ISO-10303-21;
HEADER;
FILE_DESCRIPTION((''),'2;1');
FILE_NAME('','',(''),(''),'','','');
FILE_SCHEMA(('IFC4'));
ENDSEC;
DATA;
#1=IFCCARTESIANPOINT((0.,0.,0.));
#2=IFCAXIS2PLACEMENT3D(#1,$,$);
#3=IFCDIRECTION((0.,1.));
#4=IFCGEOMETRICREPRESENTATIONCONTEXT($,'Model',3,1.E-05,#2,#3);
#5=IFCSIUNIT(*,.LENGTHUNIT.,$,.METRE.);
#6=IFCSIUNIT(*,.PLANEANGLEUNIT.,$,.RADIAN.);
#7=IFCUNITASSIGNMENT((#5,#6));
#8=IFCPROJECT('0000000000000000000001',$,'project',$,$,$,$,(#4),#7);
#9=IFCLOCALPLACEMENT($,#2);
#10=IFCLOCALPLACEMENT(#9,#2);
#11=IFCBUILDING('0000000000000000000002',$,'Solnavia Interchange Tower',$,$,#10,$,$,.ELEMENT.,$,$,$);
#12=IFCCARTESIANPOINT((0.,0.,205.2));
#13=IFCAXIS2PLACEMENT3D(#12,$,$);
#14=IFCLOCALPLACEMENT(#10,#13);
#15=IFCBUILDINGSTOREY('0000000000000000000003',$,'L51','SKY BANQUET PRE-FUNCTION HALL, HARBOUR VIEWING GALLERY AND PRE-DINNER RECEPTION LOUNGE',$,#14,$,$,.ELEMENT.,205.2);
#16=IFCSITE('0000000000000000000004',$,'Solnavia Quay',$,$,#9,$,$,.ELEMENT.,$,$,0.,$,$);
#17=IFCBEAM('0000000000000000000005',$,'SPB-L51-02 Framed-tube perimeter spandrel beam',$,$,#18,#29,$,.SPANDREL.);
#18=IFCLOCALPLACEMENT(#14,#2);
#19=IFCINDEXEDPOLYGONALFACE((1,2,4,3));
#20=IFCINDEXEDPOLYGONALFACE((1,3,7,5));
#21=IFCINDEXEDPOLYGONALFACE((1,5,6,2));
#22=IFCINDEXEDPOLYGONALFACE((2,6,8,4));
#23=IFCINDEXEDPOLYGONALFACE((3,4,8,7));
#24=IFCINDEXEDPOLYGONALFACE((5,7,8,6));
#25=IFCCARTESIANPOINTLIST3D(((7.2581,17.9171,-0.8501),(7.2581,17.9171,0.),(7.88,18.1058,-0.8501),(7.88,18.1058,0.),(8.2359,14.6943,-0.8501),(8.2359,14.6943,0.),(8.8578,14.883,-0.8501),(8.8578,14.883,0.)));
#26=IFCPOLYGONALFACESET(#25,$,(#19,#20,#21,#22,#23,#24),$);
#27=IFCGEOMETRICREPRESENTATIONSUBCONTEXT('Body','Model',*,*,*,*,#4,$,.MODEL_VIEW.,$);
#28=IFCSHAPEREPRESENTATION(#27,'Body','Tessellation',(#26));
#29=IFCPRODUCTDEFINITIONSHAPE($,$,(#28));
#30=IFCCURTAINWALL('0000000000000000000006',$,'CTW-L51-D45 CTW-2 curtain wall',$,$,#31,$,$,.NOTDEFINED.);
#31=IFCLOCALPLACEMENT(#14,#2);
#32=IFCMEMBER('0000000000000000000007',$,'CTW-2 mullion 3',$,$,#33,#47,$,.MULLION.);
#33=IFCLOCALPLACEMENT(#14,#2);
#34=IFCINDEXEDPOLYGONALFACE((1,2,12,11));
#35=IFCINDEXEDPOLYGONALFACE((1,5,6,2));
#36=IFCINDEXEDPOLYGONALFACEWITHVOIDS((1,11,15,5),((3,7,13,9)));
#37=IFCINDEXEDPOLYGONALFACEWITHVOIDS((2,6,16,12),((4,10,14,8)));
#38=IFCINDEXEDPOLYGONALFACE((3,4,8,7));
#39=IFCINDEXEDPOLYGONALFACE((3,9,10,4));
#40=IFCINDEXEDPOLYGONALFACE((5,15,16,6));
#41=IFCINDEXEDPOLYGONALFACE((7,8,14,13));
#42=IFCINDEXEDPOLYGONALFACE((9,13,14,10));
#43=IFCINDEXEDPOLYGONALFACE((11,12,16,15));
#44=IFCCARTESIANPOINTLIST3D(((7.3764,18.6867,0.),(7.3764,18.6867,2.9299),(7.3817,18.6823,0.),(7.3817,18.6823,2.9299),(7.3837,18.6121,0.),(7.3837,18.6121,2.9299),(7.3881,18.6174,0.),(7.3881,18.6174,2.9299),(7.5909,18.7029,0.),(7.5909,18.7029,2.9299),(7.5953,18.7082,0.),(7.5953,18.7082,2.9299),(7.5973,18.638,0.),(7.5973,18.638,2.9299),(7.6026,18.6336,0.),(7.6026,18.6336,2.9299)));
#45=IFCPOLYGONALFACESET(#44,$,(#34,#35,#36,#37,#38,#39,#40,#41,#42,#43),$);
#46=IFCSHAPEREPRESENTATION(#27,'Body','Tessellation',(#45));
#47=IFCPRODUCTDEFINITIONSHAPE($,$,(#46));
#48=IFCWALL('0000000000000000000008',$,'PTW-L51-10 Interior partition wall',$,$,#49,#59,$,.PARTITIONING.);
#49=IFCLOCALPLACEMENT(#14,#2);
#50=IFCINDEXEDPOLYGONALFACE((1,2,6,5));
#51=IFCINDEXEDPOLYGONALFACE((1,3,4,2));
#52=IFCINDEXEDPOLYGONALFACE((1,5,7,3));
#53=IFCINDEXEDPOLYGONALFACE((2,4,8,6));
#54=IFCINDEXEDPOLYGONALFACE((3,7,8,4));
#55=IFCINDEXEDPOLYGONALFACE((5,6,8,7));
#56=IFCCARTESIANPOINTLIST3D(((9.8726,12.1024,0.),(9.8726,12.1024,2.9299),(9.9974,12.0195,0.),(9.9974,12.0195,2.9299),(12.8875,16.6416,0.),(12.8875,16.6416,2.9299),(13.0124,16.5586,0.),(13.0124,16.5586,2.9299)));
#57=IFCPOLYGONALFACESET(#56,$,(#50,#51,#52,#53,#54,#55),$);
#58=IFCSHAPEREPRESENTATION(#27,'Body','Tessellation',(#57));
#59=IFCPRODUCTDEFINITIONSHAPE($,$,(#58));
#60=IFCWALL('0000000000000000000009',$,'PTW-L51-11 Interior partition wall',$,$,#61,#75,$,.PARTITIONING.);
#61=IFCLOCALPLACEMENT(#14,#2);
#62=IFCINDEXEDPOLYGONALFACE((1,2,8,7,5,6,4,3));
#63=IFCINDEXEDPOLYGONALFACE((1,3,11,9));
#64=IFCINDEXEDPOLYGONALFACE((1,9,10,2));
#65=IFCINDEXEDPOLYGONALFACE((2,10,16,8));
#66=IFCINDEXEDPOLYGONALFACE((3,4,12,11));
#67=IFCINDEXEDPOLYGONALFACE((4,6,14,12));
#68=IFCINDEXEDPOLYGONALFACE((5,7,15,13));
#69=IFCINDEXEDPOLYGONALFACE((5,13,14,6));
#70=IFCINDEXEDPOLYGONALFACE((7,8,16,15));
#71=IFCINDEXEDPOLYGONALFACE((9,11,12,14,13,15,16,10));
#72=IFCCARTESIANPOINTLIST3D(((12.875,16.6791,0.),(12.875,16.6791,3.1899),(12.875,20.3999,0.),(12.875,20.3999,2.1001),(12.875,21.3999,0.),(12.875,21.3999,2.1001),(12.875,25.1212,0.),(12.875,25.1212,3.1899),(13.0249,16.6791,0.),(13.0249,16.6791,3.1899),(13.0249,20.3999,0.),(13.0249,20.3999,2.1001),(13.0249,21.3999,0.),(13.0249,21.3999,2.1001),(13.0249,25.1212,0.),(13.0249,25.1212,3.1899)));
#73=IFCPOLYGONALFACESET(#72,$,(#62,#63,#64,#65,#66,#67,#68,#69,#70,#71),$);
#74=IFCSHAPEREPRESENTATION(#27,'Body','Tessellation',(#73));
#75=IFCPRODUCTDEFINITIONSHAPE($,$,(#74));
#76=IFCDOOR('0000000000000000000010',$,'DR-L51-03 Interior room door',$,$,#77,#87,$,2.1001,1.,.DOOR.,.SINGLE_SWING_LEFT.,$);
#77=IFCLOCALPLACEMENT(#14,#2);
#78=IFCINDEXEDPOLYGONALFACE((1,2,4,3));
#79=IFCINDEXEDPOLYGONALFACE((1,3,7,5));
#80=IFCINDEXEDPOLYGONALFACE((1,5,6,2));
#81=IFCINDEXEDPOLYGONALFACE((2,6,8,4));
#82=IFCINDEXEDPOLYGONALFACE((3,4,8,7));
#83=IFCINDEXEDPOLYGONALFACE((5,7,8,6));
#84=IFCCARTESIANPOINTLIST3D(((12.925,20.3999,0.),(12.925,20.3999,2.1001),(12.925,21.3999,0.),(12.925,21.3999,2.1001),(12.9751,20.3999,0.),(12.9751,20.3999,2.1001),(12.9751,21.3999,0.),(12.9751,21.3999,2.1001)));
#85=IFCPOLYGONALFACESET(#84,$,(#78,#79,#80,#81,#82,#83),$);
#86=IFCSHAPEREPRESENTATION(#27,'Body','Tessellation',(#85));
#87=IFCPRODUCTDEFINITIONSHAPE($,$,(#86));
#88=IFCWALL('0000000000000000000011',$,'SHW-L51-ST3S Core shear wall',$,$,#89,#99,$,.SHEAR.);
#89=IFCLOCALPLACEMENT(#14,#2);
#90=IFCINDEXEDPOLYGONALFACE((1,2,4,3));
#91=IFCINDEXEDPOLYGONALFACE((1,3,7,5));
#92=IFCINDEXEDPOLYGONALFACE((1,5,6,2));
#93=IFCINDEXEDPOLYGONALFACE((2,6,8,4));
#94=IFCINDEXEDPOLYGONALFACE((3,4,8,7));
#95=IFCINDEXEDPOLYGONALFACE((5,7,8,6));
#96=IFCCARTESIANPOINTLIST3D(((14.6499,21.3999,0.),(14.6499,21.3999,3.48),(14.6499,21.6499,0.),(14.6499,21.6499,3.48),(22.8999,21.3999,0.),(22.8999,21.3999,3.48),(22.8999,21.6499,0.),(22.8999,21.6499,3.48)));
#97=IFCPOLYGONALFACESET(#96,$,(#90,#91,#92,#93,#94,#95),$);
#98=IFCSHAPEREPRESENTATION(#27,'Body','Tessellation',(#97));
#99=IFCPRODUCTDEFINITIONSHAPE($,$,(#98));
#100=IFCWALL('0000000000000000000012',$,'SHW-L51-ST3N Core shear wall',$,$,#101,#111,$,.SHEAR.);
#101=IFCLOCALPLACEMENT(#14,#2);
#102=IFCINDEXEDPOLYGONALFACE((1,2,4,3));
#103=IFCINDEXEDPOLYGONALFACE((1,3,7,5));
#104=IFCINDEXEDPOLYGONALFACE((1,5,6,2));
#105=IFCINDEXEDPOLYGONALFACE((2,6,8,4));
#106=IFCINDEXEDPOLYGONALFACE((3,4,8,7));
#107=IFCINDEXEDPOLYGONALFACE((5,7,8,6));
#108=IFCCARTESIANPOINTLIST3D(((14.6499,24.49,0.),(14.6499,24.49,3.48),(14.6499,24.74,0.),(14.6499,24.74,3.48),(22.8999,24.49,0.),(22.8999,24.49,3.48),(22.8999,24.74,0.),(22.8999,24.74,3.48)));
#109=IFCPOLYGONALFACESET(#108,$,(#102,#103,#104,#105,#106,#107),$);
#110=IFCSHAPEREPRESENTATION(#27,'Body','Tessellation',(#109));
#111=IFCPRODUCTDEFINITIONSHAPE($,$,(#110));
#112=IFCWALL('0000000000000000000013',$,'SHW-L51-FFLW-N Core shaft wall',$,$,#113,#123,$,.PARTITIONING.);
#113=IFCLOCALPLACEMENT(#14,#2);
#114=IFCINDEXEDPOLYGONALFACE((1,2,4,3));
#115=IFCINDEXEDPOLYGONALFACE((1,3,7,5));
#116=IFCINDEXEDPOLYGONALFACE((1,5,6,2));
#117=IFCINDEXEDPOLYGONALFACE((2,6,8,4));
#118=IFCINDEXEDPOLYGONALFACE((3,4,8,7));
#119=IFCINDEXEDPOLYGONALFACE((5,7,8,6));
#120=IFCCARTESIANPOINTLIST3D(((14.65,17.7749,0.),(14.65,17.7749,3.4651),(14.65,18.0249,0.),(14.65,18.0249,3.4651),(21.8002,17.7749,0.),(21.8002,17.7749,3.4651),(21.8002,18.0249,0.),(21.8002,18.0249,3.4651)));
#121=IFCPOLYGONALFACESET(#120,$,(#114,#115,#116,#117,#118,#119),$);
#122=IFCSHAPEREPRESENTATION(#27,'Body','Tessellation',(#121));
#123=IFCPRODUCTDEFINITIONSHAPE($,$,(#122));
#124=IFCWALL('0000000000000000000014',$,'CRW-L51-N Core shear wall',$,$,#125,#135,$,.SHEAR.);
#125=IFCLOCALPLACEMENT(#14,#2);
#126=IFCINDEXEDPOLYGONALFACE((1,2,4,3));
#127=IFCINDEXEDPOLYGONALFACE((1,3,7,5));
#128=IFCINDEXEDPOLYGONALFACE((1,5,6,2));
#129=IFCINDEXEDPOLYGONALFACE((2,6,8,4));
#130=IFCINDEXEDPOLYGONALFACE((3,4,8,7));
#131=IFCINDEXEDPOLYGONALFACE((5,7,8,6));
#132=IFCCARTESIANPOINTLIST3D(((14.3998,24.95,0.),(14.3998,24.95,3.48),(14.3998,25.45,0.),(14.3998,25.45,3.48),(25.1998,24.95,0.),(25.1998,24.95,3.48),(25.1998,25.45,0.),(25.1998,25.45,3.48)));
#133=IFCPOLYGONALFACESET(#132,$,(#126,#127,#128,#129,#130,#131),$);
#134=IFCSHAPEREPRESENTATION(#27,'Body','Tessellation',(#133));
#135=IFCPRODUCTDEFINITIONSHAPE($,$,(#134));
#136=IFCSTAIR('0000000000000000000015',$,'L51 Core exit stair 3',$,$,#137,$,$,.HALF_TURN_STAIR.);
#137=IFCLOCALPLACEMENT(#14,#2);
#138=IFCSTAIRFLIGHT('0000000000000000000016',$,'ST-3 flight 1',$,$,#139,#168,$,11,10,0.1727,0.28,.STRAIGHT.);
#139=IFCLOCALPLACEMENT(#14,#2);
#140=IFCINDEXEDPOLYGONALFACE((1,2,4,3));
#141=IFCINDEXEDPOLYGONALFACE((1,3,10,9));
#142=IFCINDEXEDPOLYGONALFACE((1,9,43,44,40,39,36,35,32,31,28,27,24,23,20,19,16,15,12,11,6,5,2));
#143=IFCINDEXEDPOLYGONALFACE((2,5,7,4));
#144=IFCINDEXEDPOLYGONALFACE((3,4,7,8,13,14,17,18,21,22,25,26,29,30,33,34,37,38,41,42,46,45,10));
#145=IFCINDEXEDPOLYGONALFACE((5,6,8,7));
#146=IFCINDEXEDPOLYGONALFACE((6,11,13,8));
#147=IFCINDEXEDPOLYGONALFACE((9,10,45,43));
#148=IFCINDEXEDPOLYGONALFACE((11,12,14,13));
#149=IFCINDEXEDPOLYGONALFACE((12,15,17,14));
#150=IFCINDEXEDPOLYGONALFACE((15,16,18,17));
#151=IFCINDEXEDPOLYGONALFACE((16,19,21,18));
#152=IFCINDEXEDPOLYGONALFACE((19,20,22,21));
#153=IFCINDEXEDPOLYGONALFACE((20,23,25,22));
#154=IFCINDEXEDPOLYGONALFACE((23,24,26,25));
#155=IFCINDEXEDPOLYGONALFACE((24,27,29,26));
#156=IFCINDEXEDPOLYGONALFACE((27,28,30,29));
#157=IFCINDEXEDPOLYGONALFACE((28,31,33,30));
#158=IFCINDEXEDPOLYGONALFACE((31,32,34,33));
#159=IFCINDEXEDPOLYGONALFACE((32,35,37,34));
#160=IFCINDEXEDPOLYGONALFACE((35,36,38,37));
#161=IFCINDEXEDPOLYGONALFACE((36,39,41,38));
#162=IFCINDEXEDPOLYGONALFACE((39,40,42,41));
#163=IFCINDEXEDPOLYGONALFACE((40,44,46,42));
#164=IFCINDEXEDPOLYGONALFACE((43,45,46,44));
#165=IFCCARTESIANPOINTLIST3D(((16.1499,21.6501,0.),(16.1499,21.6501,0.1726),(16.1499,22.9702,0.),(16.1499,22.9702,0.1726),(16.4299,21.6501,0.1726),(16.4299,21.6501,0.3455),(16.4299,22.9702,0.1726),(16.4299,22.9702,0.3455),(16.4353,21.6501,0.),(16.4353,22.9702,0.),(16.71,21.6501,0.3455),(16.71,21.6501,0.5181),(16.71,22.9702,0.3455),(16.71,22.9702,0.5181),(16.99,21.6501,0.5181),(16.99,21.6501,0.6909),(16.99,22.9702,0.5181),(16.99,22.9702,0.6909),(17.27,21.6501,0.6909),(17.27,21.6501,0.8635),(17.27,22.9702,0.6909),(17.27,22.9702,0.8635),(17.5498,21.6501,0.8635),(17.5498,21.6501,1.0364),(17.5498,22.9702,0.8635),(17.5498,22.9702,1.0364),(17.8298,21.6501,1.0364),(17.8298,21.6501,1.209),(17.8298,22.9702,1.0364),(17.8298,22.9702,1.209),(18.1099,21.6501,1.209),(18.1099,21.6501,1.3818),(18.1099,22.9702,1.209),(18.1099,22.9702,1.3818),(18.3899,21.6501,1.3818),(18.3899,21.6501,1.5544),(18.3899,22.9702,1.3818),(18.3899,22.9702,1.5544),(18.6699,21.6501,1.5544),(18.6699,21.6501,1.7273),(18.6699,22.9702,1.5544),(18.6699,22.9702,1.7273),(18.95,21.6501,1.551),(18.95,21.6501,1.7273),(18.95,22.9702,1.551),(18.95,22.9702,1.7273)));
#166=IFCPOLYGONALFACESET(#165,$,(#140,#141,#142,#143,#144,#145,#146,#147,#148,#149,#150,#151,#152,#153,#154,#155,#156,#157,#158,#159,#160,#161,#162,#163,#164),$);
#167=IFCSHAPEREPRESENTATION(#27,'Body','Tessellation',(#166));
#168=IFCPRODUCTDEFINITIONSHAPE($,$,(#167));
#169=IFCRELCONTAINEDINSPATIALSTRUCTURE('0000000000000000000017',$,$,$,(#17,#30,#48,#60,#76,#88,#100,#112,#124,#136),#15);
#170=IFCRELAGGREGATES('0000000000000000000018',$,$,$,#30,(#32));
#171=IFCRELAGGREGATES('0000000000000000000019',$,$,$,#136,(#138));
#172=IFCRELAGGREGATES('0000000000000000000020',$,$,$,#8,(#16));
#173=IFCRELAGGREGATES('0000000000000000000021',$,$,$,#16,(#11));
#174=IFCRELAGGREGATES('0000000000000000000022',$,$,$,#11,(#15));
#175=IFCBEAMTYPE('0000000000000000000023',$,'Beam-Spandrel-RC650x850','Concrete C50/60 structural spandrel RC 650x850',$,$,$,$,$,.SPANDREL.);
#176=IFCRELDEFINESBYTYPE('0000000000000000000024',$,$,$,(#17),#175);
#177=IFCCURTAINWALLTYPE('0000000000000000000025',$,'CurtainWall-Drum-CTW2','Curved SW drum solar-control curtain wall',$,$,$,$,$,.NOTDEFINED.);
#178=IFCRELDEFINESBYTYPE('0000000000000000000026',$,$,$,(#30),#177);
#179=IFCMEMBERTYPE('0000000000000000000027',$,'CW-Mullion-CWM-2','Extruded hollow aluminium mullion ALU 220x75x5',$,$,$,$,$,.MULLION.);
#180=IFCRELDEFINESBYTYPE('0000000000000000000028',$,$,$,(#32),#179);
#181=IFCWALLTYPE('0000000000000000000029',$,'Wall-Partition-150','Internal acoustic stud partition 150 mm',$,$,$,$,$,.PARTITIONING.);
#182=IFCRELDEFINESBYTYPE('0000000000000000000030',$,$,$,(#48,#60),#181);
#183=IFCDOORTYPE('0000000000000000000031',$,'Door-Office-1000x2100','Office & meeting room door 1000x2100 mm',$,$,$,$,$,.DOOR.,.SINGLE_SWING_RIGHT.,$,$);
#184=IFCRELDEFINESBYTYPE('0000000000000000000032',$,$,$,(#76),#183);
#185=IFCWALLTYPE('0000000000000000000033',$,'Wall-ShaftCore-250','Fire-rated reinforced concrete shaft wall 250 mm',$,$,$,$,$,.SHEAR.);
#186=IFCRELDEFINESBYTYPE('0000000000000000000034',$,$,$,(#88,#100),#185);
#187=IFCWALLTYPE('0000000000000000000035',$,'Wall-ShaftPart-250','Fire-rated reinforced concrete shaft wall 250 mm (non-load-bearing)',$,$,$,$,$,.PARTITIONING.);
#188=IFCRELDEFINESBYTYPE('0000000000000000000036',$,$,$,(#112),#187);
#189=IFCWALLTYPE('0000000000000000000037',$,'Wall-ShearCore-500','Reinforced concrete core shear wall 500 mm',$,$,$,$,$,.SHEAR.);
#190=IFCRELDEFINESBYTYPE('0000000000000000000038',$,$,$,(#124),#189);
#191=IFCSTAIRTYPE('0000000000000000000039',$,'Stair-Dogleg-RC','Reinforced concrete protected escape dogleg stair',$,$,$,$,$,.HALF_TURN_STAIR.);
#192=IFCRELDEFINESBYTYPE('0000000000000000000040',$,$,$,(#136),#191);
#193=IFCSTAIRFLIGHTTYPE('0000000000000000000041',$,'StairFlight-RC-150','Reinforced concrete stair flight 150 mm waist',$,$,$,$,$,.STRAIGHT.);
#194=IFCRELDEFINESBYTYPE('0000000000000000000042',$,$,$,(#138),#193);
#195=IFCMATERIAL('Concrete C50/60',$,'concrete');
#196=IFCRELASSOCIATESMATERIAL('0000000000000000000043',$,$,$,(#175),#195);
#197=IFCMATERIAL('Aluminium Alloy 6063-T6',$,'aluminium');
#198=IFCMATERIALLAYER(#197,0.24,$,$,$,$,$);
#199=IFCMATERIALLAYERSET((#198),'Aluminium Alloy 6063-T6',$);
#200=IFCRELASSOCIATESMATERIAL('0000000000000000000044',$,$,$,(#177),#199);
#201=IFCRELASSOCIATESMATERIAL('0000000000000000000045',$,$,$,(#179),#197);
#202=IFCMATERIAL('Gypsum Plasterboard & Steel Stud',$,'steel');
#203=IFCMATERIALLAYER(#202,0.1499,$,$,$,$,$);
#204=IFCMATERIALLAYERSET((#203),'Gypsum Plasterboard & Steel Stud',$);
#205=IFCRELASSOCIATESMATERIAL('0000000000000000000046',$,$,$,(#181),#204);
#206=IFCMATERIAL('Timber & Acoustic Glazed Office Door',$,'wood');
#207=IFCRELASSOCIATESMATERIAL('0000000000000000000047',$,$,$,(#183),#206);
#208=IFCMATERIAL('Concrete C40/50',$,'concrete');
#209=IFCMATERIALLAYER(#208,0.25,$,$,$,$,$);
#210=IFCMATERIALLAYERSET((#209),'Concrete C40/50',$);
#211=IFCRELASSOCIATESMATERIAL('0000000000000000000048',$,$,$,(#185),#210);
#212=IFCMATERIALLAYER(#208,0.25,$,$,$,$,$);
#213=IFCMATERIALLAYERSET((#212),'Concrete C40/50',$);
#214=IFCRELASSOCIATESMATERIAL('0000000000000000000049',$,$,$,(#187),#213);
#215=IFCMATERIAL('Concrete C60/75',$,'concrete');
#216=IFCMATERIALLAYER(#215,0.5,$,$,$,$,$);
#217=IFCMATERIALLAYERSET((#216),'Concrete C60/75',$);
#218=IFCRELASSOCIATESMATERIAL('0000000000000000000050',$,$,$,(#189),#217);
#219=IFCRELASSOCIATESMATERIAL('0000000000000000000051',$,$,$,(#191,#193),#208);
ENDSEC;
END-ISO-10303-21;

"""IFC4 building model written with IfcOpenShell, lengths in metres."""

from ifc_helpers import new_model, si_unit, direction, frame, frame_2d, origin, origin_2d, place, context, subcontext, project, spatial, polyline, rectangle, hollow_rectangle, outline, extrude, material, layer, layer_set, material_profile, profile_set, type_object, element, fill, aggregate, save


model = new_model("IFC4")

# Units and contexts
model_context = context("Model", 3, precision=1e-05, world=origin(), true_north=direction((0.0, 1.0)))
body_context = subcontext(model_context, "Body", "Model", "MODEL_VIEW")
ifc_project = project(units=[si_unit("LENGTHUNIT", "METRE"), si_unit("PLANEANGLEUNIT", "RADIAN")], contexts=[model_context])

# Site, building, storey
site_placement = place(None, origin())
site = spatial("IfcSite", under=ifc_project, at=site_placement, Name="Solnavia Quay", CompositionType="ELEMENT", RefElevation=0.0)
building_placement = place(site_placement, origin())
building = spatial("IfcBuilding", under=site, at=building_placement, Name="Solnavia Interchange Tower", CompositionType="ELEMENT")
storey_placement = place(building_placement, frame((0.0, 0.0, 205.2)))
storey = spatial("IfcBuildingStorey", under=building, at=storey_placement, Name="L51", Description="SKY BANQUET PRE-FUNCTION HALL, HARBOUR VIEWING GALLERY AND PRE-DINNER RECEPTION LOUNGE", CompositionType="ELEMENT", Elevation=205.2)

# Shared definitions
ifc_material_1 = material(Name="Concrete C50/60", Category="concrete")

# Beam
ifc_material_profile_1 = material_profile(ifc_material_1, rectangle(XDim=0.6499, YDim=0.8501, at=origin_2d()), Name="RC 650x850")
ifc_profile_set_1 = profile_set([ifc_material_profile_1], Name="Concrete C50/60")
beam_type_1 = type_object("IfcBeamType", Name="Beam-Spandrel-RC650x850", Description="Concrete C50/60 structural spandrel RC 650x850", PredefinedType="SPANDREL", material=ifc_profile_set_1)
beam_1_placement = place(storey_placement, frame((7.5691, 18.0115, -0.425), z_axis=(0.290319, -0.95693, 0.0), x_axis=(0.95693, 0.290319, 0.0)))
element("IfcBeam", 1, at=beam_1_placement, inside=storey, type_object=beam_type_1, Name="SPB-L51-02 Framed-tube perimeter spandrel beam", PredefinedType="SPANDREL", context=body_context, shape_type="SweptSolid", body=[
    extrude(rectangle(XDim=0.6499, YDim=0.8501, at=origin_2d()), origin(), (0.0, 0.0, 1.0), 3.3679),
])

# Curtain wall, member
ifc_material_2 = material(Name="Aluminium Alloy 6063-T6", Category="aluminium")
ifc_layer_1 = layer(ifc_material_2, 0.24)
ifc_layer_set_1 = layer_set([ifc_layer_1], Name="Aluminium Alloy 6063-T6")
curtain_wall_type = type_object("IfcCurtainWallType", Name="CurtainWall-Drum-CTW2", Description="Curved SW drum solar-control curtain wall", PredefinedType="NOTDEFINED", material=ifc_layer_set_1)
curtain_wall_placement = place(storey_placement, origin())
curtain_wall = element("IfcCurtainWall", 2, at=curtain_wall_placement, inside=storey, type_object=curtain_wall_type, Name="CTW-L51-D45 CTW-2 curtain wall", PredefinedType="NOTDEFINED")
ifc_material_profile_2 = material_profile(ifc_material_2, hollow_rectangle(XDim=0.075, YDim=0.22, WallThickness=0.0049, at=origin_2d()), Name="ALU 220x75x5")
ifc_profile_set_2 = profile_set([ifc_material_profile_2], Name="Aluminium Alloy 6063-T6")
member_type = type_object("IfcMemberType", Name="CW-Mullion-CWM-2", Description="Extruded hollow aluminium mullion ALU 220x75x5", PredefinedType="MULLION", material=ifc_profile_set_2)
member_placement = place(storey_placement, frame((7.4895, 18.6602, 0.0), z_axis=(0.0, 0.0, 1.0), x_axis=(0.098043, -0.995182, 0.0)))
member = element("IfcMember", 3, at=member_placement, type_object=member_type, Name="CTW-2 mullion 3", PredefinedType="MULLION", context=body_context, shape_type="SweptSolid", body=[
    extrude(hollow_rectangle(XDim=0.075, YDim=0.22, WallThickness=0.0049, at=origin_2d()), origin(), (0.0, 0.0, 1.0), 2.9299),
])
aggregate(curtain_wall, [member])

# Wall
ifc_material_3 = material(Name="Gypsum Plasterboard & Steel Stud", Category="steel")
ifc_layer_2 = layer(ifc_material_3, 0.1499)
ifc_layer_set_2 = layer_set([ifc_layer_2], Name="Gypsum Plasterboard & Steel Stud")
wall_type_1 = type_object("IfcWallType", Name="Wall-Partition-150", Description="Internal acoustic stud partition 150 mm", PredefinedType="PARTITIONING", material=ifc_layer_set_2)
wall_1_placement = place(storey_placement, frame((12.95, 16.6001, 0.0), z_axis=(0.0, 0.0, 1.0), x_axis=(-0.553283, -0.832993, 0.0)))
element("IfcWall", 4, at=wall_1_placement, inside=storey, type_object=wall_type_1, Name="PTW-L51-10 Interior partition wall", PredefinedType="PARTITIONING", context=body_context, shape_type="SweptSolid", body=[
    extrude(rectangle(XDim=5.4492, YDim=0.1499, at=frame_2d((2.7246, 0.0))), origin(), (0.0, 0.0, 1.0), 2.9299),
])

# Wall, opening, door
wall_2_placement = place(storey_placement, frame((12.95, 16.679, 0.0), z_axis=(0.0, 0.0, 1.0), x_axis=(0.0, 1.0, 0.0)))
wall_2 = element("IfcWall", 5, at=wall_2_placement, inside=storey, type_object=wall_type_1, Name="PTW-L51-11 Interior partition wall", PredefinedType="PARTITIONING", context=body_context, shape_type="SweptSolid", body=[
    extrude(rectangle(XDim=8.4421, YDim=0.1499, at=frame_2d((4.2212, 0.0))), origin(), (0.0, 0.0, 1.0), 3.1899),
])
opening_placement = place(wall_2_placement, frame((3.7209, 0.0, 0.0)))
opening = element("IfcOpeningElement", 6, at=opening_placement, cuts=wall_2, PredefinedType="OPENING", context=body_context, shape_type="SweptSolid", body=[
    extrude(rectangle(XDim=1.0, YDim=2.1001, at=frame_2d((0.5, 1.05))), frame((0.0, 0.085, 0.0), z_axis=(0.0, -1.0, 0.0), x_axis=(1.0, 0.0, 0.0)), (0.0, 0.0, 1.0), 0.1699),
])
ifc_material_4 = material(Name="Timber & Acoustic Glazed Office Door", Category="wood")
door_type = type_object("IfcDoorType", Name="Door-Office-1000x2100", Description="Office & meeting room door 1000x2100 mm", OperationType="SINGLE_SWING_RIGHT", PredefinedType="DOOR", material=ifc_material_4)
door_placement = place(opening_placement, origin())
door = element("IfcDoor", 7, at=door_placement, inside=storey, type_object=door_type, Name="DR-L51-03 Interior room door", OperationType="SINGLE_SWING_LEFT", OverallHeight=2.1001, OverallWidth=1.0, PredefinedType="DOOR", context=body_context, shape_type="SweptSolid", body=[
    extrude(rectangle(XDim=1.0, YDim=2.1001, at=frame_2d((0.5, 1.05))), frame((0.0, 0.0249, 0.0), z_axis=(0.0, -1.0, 0.0), x_axis=(1.0, 0.0, 0.0)), (0.0, 0.0, 1.0), 0.05),
])
fill(opening, door)

# Walls
ifc_material_5 = material(Name="Concrete C40/50", Category="concrete")
ifc_layer_3 = layer(ifc_material_5, 0.25)
ifc_layer_set_3 = layer_set([ifc_layer_3], Name="Concrete C40/50")
wall_type_2 = type_object("IfcWallType", Name="Wall-ShaftCore-250", Description="Fire-rated reinforced concrete shaft wall 250 mm", PredefinedType="SHEAR", material=ifc_layer_set_3)
for number, where, z_axis, x_axis, name in (
    (8, (14.6499, 21.5249, 0.0), (0.0, 0.0, 1.0), (1.0, 0.0, 0.0), "SHW-L51-ST3S Core shear wall"),
    (9, (14.6499, 24.615, 0.0), (0.0, 0.0, 1.0), (1.0, 0.0, 0.0), "SHW-L51-ST3N Core shear wall"),
):
    element("IfcWall", number, at=place(storey_placement, frame(where, z_axis=z_axis, x_axis=x_axis)), inside=storey, type_object=wall_type_2, Name=name, PredefinedType="SHEAR", context=body_context, shape_type="SweptSolid", body=[
        extrude(rectangle(XDim=8.25, YDim=0.25, at=frame_2d((4.125, 0.0))), origin(), (0.0, 0.0, 1.0), 3.48),
    ])
ifc_layer_4 = layer(ifc_material_5, 0.25)
ifc_layer_set_4 = layer_set([ifc_layer_4], Name="Concrete C40/50")
wall_type_3 = type_object("IfcWallType", Name="Wall-ShaftPart-250", Description="Fire-rated reinforced concrete shaft wall 250 mm (non-load-bearing)", PredefinedType="PARTITIONING", material=ifc_layer_set_4)
wall_3_placement = place(storey_placement, frame((14.6499, 17.8999, 0.0), z_axis=(0.0, 0.0, 1.0), x_axis=(1.0, 0.0, 0.0)))
element("IfcWall", 10, at=wall_3_placement, inside=storey, type_object=wall_type_3, Name="SHW-L51-FFLW-N Core shaft wall", PredefinedType="PARTITIONING", context=body_context, shape_type="SweptSolid", body=[
    extrude(rectangle(XDim=7.1501, YDim=0.25, at=frame_2d((3.5752, 0.0))), origin(), (0.0, 0.0, 1.0), 3.4651),
])
ifc_material_6 = material(Name="Concrete C60/75", Category="concrete")
ifc_layer_5 = layer(ifc_material_6, 0.5)
ifc_layer_set_5 = layer_set([ifc_layer_5], Name="Concrete C60/75")
wall_type_4 = type_object("IfcWallType", Name="Wall-ShearCore-500", Description="Reinforced concrete core shear wall 500 mm", PredefinedType="SHEAR", material=ifc_layer_set_5)
wall_4_placement = place(storey_placement, frame((14.3999, 25.2, 0.0), z_axis=(0.0, 0.0, 1.0), x_axis=(1.0, 0.0, 0.0)))
element("IfcWall", 11, at=wall_4_placement, inside=storey, type_object=wall_type_4, Name="CRW-L51-N Core shear wall", PredefinedType="SHEAR", context=body_context, shape_type="SweptSolid", body=[
    extrude(rectangle(XDim=10.8, YDim=0.5, at=frame_2d((5.3999, 0.0))), origin(), (0.0, 0.0, 1.0), 3.48),
])

# Stair, stair flight
stair_type = type_object("IfcStairType", Name="Stair-Dogleg-RC", Description="Reinforced concrete protected escape dogleg stair", PredefinedType="HALF_TURN_STAIR", material=ifc_material_5)
stair_placement = place(storey_placement, origin())
stair = element("IfcStair", 12, at=stair_placement, inside=storey, type_object=stair_type, Name="L51 Core exit stair 3", PredefinedType="HALF_TURN_STAIR")
stair_flight_type = type_object("IfcStairFlightType", Name="StairFlight-RC-150", Description="Reinforced concrete stair flight 150 mm waist", PredefinedType="STRAIGHT", material=ifc_material_5)
stair_flight_1_placement = place(storey_placement, frame((16.1499, 22.3101, 0.0), z_axis=(0.0, 0.0, 1.0), x_axis=(1.0, 0.0, 0.0)))
stair_flight_1 = element("IfcStairFlight", 13, at=stair_flight_1_placement, type_object=stair_flight_type, Name="ST-3 flight 1", NumberOfRisers=11, NumberOfTreads=10, PredefinedType="STRAIGHT", RiserHeight=0.1727, TreadLength=0.28, context=body_context, shape_type="SweptSolid", body=[
    extrude(outline(polyline([(0.0, 0.0), (0.0, 0.1726), (0.28, 0.1726), (0.28, 0.3455), (0.5601, 0.3455), (0.5601, 0.5181), (0.8401, 0.5181), (0.8401, 0.6909), (1.1201, 0.6909), (1.1201, 0.8635), (1.3999, 0.8635), (1.3999, 1.0364), (1.6799, 1.0364), (1.6799, 1.209), (1.96, 1.209), (1.96, 1.3818), (2.24, 1.3818), (2.24, 1.5544), (2.52, 1.5544), (2.52, 1.7273), (2.8, 1.7273), (2.8, 1.8999), (2.8, 1.551), (0.2854, 0.0), (0.0, 0.0)])), frame((0.0, 0.6602, 0.0), z_axis=(0.0, -1.0, 0.0), x_axis=(1.0, 0.0, 0.0)), (0.0, 0.0, 1.0), 1.3201),
])
aggregate(stair, [stair_flight_1])

save(model, "model.ifc")
